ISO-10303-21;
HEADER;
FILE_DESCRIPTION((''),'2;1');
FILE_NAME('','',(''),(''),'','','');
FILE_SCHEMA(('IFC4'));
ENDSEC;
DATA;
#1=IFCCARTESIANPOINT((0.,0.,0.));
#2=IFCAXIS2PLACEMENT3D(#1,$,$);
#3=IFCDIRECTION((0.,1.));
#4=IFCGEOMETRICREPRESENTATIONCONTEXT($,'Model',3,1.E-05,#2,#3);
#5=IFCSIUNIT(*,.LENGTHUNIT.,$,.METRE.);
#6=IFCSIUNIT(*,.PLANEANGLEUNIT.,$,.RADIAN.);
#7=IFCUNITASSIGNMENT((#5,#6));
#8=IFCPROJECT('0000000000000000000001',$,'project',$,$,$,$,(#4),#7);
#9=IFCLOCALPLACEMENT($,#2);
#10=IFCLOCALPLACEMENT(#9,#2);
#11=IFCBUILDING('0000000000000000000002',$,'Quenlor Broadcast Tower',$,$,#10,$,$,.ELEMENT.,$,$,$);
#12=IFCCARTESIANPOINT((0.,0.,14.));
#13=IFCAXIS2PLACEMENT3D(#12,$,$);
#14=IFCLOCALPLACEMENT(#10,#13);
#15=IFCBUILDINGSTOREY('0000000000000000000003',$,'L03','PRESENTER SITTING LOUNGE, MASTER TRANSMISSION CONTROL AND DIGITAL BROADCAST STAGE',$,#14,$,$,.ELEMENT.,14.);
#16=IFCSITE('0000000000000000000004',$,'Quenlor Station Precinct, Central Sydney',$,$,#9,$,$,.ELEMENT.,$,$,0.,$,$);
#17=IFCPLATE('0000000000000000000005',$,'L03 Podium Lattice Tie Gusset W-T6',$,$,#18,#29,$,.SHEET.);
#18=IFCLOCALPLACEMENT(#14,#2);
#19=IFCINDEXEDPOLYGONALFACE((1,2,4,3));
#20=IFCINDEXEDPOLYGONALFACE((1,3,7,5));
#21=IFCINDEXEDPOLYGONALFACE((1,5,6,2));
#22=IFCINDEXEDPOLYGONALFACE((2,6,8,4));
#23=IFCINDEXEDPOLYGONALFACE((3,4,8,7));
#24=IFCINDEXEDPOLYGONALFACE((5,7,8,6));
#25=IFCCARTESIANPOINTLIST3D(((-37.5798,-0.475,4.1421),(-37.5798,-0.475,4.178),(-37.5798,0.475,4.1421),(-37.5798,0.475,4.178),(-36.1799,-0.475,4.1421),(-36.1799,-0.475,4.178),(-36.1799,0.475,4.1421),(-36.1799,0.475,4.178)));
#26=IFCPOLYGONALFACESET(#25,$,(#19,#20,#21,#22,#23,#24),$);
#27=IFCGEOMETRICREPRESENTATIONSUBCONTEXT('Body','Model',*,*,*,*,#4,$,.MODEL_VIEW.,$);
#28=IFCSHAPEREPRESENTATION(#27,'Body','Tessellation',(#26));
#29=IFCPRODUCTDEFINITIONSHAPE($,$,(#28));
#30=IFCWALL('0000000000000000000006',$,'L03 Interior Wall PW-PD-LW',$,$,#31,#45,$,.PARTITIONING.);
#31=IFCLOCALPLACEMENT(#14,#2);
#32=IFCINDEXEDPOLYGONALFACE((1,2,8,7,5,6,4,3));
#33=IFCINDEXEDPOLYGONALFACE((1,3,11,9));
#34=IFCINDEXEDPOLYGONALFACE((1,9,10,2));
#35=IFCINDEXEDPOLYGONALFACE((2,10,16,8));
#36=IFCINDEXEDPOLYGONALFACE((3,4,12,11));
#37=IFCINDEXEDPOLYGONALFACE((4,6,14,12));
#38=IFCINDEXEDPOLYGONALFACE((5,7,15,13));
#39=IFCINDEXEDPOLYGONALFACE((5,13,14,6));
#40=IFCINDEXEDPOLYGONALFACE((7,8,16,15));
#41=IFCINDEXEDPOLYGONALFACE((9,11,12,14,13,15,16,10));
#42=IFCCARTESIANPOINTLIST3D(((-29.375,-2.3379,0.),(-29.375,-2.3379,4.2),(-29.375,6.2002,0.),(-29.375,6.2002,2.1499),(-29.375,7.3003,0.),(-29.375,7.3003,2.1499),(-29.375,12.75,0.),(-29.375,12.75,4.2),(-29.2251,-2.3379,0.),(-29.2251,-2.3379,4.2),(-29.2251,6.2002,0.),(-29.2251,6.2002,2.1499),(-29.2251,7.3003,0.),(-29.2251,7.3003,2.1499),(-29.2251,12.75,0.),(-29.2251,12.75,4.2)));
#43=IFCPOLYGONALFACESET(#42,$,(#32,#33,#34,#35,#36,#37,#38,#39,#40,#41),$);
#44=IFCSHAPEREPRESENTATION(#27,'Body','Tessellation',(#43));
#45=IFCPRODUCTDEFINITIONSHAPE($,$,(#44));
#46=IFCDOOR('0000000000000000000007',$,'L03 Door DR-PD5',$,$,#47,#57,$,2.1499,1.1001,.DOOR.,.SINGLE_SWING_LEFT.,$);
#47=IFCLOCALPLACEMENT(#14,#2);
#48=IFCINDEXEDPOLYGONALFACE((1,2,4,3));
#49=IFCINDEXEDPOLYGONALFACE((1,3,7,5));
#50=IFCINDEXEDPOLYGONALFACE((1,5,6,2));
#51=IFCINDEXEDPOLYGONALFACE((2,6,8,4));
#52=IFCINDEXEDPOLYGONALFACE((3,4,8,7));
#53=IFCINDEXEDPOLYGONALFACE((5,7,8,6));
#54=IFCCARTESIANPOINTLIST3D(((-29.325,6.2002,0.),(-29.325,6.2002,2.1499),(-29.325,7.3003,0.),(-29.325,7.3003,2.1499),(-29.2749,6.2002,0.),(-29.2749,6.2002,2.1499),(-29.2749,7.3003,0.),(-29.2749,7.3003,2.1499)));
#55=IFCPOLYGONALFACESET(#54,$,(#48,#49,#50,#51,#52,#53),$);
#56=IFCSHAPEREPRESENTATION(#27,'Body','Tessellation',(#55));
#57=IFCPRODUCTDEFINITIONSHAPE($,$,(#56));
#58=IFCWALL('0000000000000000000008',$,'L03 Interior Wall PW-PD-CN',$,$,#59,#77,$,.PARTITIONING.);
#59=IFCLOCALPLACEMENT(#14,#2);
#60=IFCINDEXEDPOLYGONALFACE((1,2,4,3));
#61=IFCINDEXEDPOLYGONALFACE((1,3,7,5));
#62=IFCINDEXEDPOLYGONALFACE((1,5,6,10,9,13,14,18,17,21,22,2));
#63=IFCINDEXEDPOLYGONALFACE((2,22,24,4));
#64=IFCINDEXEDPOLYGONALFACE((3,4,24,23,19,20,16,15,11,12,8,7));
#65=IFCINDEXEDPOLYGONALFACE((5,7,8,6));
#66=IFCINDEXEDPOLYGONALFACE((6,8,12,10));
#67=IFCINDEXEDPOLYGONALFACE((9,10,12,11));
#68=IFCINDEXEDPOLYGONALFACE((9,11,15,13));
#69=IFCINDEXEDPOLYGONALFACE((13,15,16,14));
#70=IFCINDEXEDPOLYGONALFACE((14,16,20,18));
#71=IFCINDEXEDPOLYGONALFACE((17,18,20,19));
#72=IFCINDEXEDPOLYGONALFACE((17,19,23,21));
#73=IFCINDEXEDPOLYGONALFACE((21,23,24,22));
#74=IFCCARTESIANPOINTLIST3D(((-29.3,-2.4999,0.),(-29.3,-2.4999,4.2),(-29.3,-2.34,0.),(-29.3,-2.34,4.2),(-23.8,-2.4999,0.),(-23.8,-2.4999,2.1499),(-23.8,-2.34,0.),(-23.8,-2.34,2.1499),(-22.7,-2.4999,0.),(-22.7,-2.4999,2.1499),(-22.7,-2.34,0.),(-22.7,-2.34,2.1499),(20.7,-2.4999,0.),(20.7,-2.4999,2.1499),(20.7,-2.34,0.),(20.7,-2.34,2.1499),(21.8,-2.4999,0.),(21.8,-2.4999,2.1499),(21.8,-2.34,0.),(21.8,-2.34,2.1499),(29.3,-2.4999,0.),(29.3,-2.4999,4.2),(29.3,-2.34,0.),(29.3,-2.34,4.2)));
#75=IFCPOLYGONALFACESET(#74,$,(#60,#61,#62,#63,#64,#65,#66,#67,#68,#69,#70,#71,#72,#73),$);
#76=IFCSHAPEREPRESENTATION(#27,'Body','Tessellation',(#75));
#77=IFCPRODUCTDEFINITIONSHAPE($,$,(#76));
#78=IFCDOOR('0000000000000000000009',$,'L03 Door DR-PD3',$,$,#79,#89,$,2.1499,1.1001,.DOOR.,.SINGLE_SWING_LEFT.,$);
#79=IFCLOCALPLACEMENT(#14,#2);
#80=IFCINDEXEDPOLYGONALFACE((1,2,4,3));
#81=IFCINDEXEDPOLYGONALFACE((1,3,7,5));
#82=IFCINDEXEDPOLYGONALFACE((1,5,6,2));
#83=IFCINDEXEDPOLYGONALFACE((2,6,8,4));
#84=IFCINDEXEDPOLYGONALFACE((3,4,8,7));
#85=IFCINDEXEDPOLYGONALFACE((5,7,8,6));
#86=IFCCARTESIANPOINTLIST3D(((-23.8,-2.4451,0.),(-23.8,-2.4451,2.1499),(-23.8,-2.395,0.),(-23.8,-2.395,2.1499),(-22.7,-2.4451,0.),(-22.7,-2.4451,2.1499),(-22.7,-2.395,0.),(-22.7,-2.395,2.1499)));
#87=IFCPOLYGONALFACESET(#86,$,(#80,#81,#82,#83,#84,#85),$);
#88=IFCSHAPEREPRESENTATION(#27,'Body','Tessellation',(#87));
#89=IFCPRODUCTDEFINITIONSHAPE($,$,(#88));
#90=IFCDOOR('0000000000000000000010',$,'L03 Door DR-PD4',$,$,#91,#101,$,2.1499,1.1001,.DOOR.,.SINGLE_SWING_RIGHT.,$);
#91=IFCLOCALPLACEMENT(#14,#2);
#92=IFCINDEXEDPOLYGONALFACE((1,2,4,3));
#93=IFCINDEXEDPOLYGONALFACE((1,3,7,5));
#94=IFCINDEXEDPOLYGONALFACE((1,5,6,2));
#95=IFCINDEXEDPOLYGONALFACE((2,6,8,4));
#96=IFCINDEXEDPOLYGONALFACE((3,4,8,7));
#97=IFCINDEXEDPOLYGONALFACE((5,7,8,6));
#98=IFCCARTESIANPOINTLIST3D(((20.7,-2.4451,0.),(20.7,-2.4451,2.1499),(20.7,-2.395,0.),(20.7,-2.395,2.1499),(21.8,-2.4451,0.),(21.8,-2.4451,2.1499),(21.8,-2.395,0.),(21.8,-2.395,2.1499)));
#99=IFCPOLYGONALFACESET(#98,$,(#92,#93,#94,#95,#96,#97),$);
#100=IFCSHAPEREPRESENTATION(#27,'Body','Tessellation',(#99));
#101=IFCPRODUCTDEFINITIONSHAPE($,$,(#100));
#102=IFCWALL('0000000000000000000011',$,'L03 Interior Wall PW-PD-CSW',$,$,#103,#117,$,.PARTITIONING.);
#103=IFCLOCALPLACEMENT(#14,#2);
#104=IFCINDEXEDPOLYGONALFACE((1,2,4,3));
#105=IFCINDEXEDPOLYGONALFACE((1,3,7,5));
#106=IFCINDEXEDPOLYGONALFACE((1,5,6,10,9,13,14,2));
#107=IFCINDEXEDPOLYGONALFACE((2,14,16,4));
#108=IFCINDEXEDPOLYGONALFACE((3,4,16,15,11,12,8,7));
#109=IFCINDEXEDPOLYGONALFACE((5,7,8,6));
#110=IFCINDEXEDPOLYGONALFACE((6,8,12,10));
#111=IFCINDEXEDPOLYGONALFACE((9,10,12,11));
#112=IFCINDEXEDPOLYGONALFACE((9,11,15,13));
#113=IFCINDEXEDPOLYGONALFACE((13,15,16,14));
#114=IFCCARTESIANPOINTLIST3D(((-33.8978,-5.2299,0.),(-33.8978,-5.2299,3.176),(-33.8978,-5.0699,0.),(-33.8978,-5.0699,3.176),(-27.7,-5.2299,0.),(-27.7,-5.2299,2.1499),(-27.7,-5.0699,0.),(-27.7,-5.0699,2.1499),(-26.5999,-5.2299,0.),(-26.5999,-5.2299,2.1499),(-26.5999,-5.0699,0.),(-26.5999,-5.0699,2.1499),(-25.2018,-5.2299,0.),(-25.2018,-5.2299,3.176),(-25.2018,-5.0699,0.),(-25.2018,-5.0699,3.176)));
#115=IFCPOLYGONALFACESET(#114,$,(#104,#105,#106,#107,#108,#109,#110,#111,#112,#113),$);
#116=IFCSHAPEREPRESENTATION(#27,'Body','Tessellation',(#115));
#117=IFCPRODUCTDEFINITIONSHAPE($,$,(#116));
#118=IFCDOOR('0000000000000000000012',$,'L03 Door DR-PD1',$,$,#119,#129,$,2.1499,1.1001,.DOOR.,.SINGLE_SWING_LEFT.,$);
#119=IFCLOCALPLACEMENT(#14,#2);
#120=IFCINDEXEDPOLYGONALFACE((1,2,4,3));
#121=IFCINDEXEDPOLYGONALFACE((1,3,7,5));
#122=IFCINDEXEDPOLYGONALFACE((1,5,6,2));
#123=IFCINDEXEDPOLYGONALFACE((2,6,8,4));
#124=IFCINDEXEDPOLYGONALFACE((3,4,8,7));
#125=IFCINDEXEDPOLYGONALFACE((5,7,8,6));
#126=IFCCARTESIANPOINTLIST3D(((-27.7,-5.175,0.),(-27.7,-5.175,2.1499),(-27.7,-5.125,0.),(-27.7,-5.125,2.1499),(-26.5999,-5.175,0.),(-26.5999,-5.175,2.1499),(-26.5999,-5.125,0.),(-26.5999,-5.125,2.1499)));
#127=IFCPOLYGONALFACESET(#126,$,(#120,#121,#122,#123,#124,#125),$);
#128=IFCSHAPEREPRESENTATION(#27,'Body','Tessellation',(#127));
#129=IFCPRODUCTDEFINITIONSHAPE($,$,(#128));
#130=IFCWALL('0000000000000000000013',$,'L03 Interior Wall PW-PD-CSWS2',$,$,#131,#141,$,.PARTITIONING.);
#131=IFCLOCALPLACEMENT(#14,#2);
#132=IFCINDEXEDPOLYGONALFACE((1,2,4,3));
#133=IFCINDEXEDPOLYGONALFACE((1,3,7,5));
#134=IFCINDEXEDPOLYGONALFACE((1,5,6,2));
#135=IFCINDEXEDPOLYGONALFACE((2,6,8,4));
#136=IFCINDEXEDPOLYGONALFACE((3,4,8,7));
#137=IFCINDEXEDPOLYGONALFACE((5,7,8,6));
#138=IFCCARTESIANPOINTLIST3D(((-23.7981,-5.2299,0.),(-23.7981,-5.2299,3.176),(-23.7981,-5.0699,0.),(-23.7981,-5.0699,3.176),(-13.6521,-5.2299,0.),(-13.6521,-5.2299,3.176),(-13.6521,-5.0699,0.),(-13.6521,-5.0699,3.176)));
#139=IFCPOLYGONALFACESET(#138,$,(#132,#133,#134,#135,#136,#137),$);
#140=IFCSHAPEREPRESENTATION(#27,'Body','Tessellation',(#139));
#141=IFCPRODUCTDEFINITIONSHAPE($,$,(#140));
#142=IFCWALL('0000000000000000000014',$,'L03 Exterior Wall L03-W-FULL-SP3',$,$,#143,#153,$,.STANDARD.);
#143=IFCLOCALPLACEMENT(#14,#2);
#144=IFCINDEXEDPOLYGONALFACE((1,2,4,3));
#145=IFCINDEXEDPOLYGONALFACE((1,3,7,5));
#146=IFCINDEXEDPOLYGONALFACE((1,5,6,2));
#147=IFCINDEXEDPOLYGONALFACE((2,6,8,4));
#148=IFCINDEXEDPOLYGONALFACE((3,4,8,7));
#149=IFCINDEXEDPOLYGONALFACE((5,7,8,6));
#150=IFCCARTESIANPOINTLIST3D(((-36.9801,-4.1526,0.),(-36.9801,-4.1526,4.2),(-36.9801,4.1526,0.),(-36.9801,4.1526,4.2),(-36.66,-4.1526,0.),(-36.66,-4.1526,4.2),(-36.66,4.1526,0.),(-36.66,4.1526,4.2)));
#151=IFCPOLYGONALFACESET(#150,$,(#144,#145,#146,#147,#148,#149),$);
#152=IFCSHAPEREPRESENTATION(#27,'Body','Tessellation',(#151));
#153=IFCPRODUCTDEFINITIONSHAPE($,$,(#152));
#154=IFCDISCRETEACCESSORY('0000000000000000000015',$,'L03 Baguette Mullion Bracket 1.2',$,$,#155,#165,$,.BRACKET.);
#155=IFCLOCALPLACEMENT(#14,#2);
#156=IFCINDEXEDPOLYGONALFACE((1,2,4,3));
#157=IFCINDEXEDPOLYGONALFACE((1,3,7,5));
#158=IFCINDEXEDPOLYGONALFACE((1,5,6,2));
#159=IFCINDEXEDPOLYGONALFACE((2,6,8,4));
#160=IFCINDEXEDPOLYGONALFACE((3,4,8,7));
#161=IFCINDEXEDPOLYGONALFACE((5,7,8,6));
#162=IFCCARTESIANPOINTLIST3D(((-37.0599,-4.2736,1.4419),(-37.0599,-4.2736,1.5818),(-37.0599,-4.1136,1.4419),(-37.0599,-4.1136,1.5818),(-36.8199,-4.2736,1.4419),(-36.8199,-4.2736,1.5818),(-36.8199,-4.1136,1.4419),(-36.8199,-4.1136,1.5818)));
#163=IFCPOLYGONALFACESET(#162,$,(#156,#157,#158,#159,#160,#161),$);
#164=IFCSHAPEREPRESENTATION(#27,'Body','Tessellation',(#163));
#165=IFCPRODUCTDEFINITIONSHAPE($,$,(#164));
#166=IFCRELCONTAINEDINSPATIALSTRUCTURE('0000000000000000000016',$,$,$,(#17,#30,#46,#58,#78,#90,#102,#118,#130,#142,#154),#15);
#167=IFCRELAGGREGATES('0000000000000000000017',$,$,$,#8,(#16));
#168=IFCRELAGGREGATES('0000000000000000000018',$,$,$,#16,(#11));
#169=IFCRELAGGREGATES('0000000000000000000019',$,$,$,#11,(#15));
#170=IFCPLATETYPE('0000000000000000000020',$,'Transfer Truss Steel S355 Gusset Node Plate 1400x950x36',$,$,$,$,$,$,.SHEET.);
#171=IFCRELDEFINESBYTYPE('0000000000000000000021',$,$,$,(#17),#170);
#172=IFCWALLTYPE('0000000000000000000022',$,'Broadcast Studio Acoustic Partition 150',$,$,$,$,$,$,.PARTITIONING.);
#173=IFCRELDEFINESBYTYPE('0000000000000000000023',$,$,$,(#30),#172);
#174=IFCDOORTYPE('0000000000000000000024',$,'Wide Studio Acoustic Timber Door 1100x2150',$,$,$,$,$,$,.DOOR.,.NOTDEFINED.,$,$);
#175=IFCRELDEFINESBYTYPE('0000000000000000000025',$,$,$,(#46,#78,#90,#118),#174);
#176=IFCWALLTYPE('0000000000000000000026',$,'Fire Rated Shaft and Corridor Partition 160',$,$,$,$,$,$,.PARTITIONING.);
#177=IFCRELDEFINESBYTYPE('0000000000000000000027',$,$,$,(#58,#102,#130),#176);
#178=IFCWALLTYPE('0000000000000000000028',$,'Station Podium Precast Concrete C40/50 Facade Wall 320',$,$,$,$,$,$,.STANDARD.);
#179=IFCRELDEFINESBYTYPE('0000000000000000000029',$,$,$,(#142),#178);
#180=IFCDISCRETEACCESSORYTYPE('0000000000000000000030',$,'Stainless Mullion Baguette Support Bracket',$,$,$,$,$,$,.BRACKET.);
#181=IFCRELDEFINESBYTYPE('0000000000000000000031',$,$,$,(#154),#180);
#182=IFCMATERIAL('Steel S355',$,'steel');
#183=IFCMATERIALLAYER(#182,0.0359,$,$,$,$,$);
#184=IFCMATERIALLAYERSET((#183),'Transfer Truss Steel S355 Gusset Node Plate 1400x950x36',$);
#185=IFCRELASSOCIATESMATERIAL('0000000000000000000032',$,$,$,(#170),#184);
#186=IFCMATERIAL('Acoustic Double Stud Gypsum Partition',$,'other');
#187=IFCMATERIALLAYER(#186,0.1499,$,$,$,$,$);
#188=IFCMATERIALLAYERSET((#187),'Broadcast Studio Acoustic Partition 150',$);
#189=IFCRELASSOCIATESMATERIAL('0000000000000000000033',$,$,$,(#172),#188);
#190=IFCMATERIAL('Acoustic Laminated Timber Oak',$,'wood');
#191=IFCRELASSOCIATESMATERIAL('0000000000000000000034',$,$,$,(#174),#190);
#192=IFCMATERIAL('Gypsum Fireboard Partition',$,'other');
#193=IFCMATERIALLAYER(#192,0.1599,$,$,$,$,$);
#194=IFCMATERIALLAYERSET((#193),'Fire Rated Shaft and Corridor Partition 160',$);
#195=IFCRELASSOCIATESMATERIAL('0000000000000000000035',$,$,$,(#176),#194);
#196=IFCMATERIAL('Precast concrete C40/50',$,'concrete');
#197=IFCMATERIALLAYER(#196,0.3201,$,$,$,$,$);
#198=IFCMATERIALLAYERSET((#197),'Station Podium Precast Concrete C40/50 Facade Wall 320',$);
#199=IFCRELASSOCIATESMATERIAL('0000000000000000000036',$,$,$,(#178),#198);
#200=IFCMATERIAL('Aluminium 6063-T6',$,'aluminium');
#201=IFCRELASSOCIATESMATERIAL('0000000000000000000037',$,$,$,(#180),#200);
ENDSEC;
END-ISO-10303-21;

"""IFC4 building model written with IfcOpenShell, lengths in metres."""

from ifc_helpers import new_model, si_unit, direction, frame, frame_2d, origin, origin_2d, place, context, subcontext, project, spatial, rectangle, extrude, material, layer, layer_set, type_object, element, fill, save


model = new_model("IFC4")

# Units and contexts
model_context = context("Model", 3, precision=1e-05, world=origin(), true_north=direction((0.0, 1.0)))
body_context = subcontext(model_context, "Body", "Model", "MODEL_VIEW")
ifc_project = project(units=[si_unit("LENGTHUNIT", "METRE"), si_unit("PLANEANGLEUNIT", "RADIAN")], contexts=[model_context])

# Site, building, storey
site_placement = place(None, origin())
site = spatial("IfcSite", under=ifc_project, at=site_placement, Name="Quenlor Station Precinct, Central Sydney", CompositionType="ELEMENT", RefElevation=0.0)
building_placement = place(site_placement, origin())
building = spatial("IfcBuilding", under=site, at=building_placement, Name="Quenlor Broadcast Tower", CompositionType="ELEMENT")
storey_placement = place(building_placement, frame((0.0, 0.0, 14.0)))
storey = spatial("IfcBuildingStorey", under=building, at=storey_placement, Name="L03", Description="PRESENTER SITTING LOUNGE, MASTER TRANSMISSION CONTROL AND DIGITAL BROADCAST STAGE", CompositionType="ELEMENT", Elevation=14.0)

# Plate
ifc_material_1 = material(Name="Steel S355", Category="steel")
ifc_layer_1 = layer(ifc_material_1, 0.0359)
ifc_layer_set_1 = layer_set([ifc_layer_1], Name="Transfer Truss Steel S355 Gusset Node Plate 1400x950x36")
plate_type_1 = type_object("IfcPlateType", Name="Transfer Truss Steel S355 Gusset Node Plate 1400x950x36", PredefinedType="SHEET", material=ifc_layer_set_1)
for number, where, z_axis, x_axis, name in (
    (1, (-36.8799, 0.0, 4.1421), (0.0, 0.0, 1.0), (-1.0, 0.0, 0.0), "L03 Podium Lattice Tie Gusset W-T6"),
):
    element("IfcPlate", number, at=place(storey_placement, frame(where, z_axis=z_axis, x_axis=x_axis)), inside=storey, type_object=plate_type_1, Name=name, PredefinedType="SHEET", context=body_context, shape_type="SweptSolid", body=[
        extrude(rectangle(XDim=1.3999, YDim=0.95, at=origin_2d()), origin(), (0.0, 0.0, 1.0), 0.0359),
    ])

# Wall, opening, door
ifc_material_2 = material(Name="Acoustic Double Stud Gypsum Partition", Category="other")
ifc_layer_2 = layer(ifc_material_2, 0.1499)
ifc_layer_set_2 = layer_set([ifc_layer_2], Name="Broadcast Studio Acoustic Partition 150")
wall_type_1 = type_object("IfcWallType", Name="Broadcast Studio Acoustic Partition 150", PredefinedType="PARTITIONING", material=ifc_layer_set_2)
wall_1_placement = place(storey_placement, frame((-29.3, -2.3379, 0.0), z_axis=(0.0, 0.0, 1.0), x_axis=(0.0, 1.0, 0.0)))
wall_1 = element("IfcWall", 2, at=wall_1_placement, inside=storey, type_object=wall_type_1, Name="L03 Interior Wall PW-PD-LW", PredefinedType="PARTITIONING", context=body_context, shape_type="SweptSolid", body=[
    extrude(rectangle(XDim=15.0879, YDim=0.1499, at=frame_2d((7.5439, 0.0))), origin(), (0.0, 0.0, 1.0), 4.2),
])
opening_1_placement = place(wall_1_placement, frame((8.5381, 0.0, 0.0)))
opening_1 = element("IfcOpeningElement", 3, at=opening_1_placement, cuts=wall_1, PredefinedType="OPENING", context=body_context, shape_type="SweptSolid", body=[
    extrude(rectangle(XDim=1.1001, YDim=2.1499, at=frame_2d((0.55, 1.075))), frame((0.0, 0.085, 0.0), z_axis=(0.0, -1.0, 0.0), x_axis=(1.0, 0.0, 0.0)), (0.0, 0.0, 1.0), 0.1699),
])
ifc_material_3 = material(Name="Acoustic Laminated Timber Oak", Category="wood")
door_type = type_object("IfcDoorType", Name="Wide Studio Acoustic Timber Door 1100x2150", OperationType="NOTDEFINED", PredefinedType="DOOR", material=ifc_material_3)
door_1_placement = place(opening_1_placement, origin())
door_1 = element("IfcDoor", 4, at=door_1_placement, inside=storey, type_object=door_type, Name="L03 Door DR-PD5", OperationType="SINGLE_SWING_LEFT", OverallHeight=2.1499, OverallWidth=1.1001, PredefinedType="DOOR", context=body_context, shape_type="SweptSolid", body=[
    extrude(rectangle(XDim=1.1001, YDim=2.1499, at=frame_2d((0.55, 1.075))), frame((0.0, 0.0249, 0.0), z_axis=(0.0, -1.0, 0.0), x_axis=(1.0, 0.0, 0.0)), (0.0, 0.0, 1.0), 0.05),
])
fill(opening_1, door_1)

# Wall, openings, doors
ifc_material_4 = material(Name="Gypsum Fireboard Partition", Category="other")
ifc_layer_3 = layer(ifc_material_4, 0.1599)
ifc_layer_set_3 = layer_set([ifc_layer_3], Name="Fire Rated Shaft and Corridor Partition 160")
wall_type_2 = type_object("IfcWallType", Name="Fire Rated Shaft and Corridor Partition 160", PredefinedType="PARTITIONING", material=ifc_layer_set_3)
wall_2_placement = place(storey_placement, frame((-29.3, -2.4199, 0.0), z_axis=(0.0, 0.0, 1.0), x_axis=(1.0, 0.0, 0.0)))
wall_2 = element("IfcWall", 5, at=wall_2_placement, inside=storey, type_object=wall_type_2, Name="L03 Interior Wall PW-PD-CN", PredefinedType="PARTITIONING", context=body_context, shape_type="SweptSolid", body=[
    extrude(rectangle(XDim=58.6001, YDim=0.1599, at=frame_2d((29.3, 0.0))), origin(), (0.0, 0.0, 1.0), 4.2),
])
opening_2_placement = place(wall_2_placement, frame((5.5, 0.0, 0.0)))
opening_2 = element("IfcOpeningElement", 6, at=opening_2_placement, cuts=wall_2, PredefinedType="OPENING", context=body_context, shape_type="SweptSolid", body=[
    extrude(rectangle(XDim=1.1001, YDim=2.1499, at=frame_2d((0.55, 1.075))), frame((0.0, 0.0898, 0.0), z_axis=(0.0, -1.0, 0.0), x_axis=(1.0, 0.0, 0.0)), (0.0, 0.0, 1.0), 0.1799),
])
opening_3_placement = place(wall_2_placement, frame((50.0, 0.0, 0.0)))
opening_3 = element("IfcOpeningElement", 7, at=opening_3_placement, cuts=wall_2, PredefinedType="OPENING", context=body_context, shape_type="SweptSolid", body=[
    extrude(rectangle(XDim=1.1001, YDim=2.1499, at=frame_2d((0.55, 1.075))), frame((0.0, 0.0898, 0.0), z_axis=(0.0, -1.0, 0.0), x_axis=(1.0, 0.0, 0.0)), (0.0, 0.0, 1.0), 0.1799),
])
door_2_placement = place(opening_2_placement, origin())
door_2 = element("IfcDoor", 8, at=door_2_placement, inside=storey, type_object=door_type, Name="L03 Door DR-PD3", OperationType="SINGLE_SWING_LEFT", OverallHeight=2.1499, OverallWidth=1.1001, PredefinedType="DOOR", context=body_context, shape_type="SweptSolid", body=[
    extrude(rectangle(XDim=1.1001, YDim=2.1499, at=frame_2d((0.55, 1.075))), frame((0.0, 0.0249, 0.0), z_axis=(0.0, -1.0, 0.0), x_axis=(1.0, 0.0, 0.0)), (0.0, 0.0, 1.0), 0.05),
])
fill(opening_2, door_2)
door_3_placement = place(opening_3_placement, origin())
door_3 = element("IfcDoor", 9, at=door_3_placement, inside=storey, type_object=door_type, Name="L03 Door DR-PD4", OperationType="SINGLE_SWING_RIGHT", OverallHeight=2.1499, OverallWidth=1.1001, PredefinedType="DOOR", context=body_context, shape_type="SweptSolid", body=[
    extrude(rectangle(XDim=1.1001, YDim=2.1499, at=frame_2d((0.55, 1.075))), frame((0.0, 0.0249, 0.0), z_axis=(0.0, -1.0, 0.0), x_axis=(1.0, 0.0, 0.0)), (0.0, 0.0, 1.0), 0.05),
])
fill(opening_3, door_3)

# Wall, opening, door
wall_3_placement = place(storey_placement, frame((-33.8979, -5.1499, 0.0), z_axis=(0.0, 0.0, 1.0), x_axis=(1.0, 0.0, 0.0)))
wall_3 = element("IfcWall", 10, at=wall_3_placement, inside=storey, type_object=wall_type_2, Name="L03 Interior Wall PW-PD-CSW", PredefinedType="PARTITIONING", context=body_context, shape_type="SweptSolid", body=[
    extrude(rectangle(XDim=8.696, YDim=0.1599, at=frame_2d((4.3481, 0.0))), origin(), (0.0, 0.0, 1.0), 3.176),
])
opening_4_placement = place(wall_3_placement, frame((6.198, 0.0, 0.0)))
opening_4 = element("IfcOpeningElement", 11, at=opening_4_placement, cuts=wall_3, PredefinedType="OPENING", context=body_context, shape_type="SweptSolid", body=[
    extrude(rectangle(XDim=1.1001, YDim=2.1499, at=frame_2d((0.55, 1.075))), frame((0.0, 0.0898, 0.0), z_axis=(0.0, -1.0, 0.0), x_axis=(1.0, 0.0, 0.0)), (0.0, 0.0, 1.0), 0.1799),
])
door_4_placement = place(opening_4_placement, origin())
door_4 = element("IfcDoor", 12, at=door_4_placement, inside=storey, type_object=door_type, Name="L03 Door DR-PD1", OperationType="SINGLE_SWING_LEFT", OverallHeight=2.1499, OverallWidth=1.1001, PredefinedType="DOOR", context=body_context, shape_type="SweptSolid", body=[
    extrude(rectangle(XDim=1.1001, YDim=2.1499, at=frame_2d((0.55, 1.075))), frame((0.0, 0.0249, 0.0), z_axis=(0.0, -1.0, 0.0), x_axis=(1.0, 0.0, 0.0)), (0.0, 0.0, 1.0), 0.05),
])
fill(opening_4, door_4)

# Walls
wall_4_placement = place(storey_placement, frame((-23.7981, -5.1499, 0.0), z_axis=(0.0, 0.0, 1.0), x_axis=(1.0, 0.0, 0.0)))
element("IfcWall", 13, at=wall_4_placement, inside=storey, type_object=wall_type_2, Name="L03 Interior Wall PW-PD-CSWS2", PredefinedType="PARTITIONING", context=body_context, shape_type="SweptSolid", body=[
    extrude(rectangle(XDim=10.146, YDim=0.1599, at=frame_2d((5.073, 0.0))), origin(), (0.0, 0.0, 1.0), 3.176),
])
ifc_material_5 = material(Name="Precast concrete C40/50", Category="concrete")
ifc_layer_4 = layer(ifc_material_5, 0.3201)
ifc_layer_set_4 = layer_set([ifc_layer_4], Name="Station Podium Precast Concrete C40/50 Facade Wall 320")
wall_type_3 = type_object("IfcWallType", Name="Station Podium Precast Concrete C40/50 Facade Wall 320", PredefinedType="STANDARD", material=ifc_layer_set_4)
wall_5_placement = place(storey_placement, frame((-36.8201, -4.1526, 0.0), z_axis=(0.0, 0.0, 1.0), x_axis=(0.0, 1.0, 0.0)))
element("IfcWall", 14, at=wall_5_placement, inside=storey, type_object=wall_type_3, Name="L03 Exterior Wall L03-W-FULL-SP3", PredefinedType="STANDARD", context=body_context, shape_type="SweptSolid", body=[
    extrude(rectangle(XDim=8.3052, YDim=0.3201, at=frame_2d((4.1526, 0.0))), origin(), (0.0, 0.0, 1.0), 4.2),
])

# Discrete accessory
ifc_material_6 = material(Name="Aluminium 6063-T6", Category="aluminium")
discrete_accessory_type = type_object("IfcDiscreteAccessoryType", Name="Stainless Mullion Baguette Support Bracket", PredefinedType="BRACKET", material=ifc_material_6)
for number, where, z_axis, x_axis, name in (
    (15, (-36.9399, -4.1936, 1.4419), (0.0, 0.0, 1.0), (0.0, 1.0, 0.0), "L03 Baguette Mullion Bracket 1.2"),
):
    element("IfcDiscreteAccessory", number, at=place(storey_placement, frame(where, z_axis=z_axis, x_axis=x_axis)), inside=storey, type_object=discrete_accessory_type, Name=name, PredefinedType="BRACKET", context=body_context, shape_type="SweptSolid", body=[
        extrude(rectangle(XDim=0.1599, YDim=0.24, at=origin_2d()), origin(), (0.0, 0.0, 1.0), 0.1399),
    ])

save(model, "model.ifc")
